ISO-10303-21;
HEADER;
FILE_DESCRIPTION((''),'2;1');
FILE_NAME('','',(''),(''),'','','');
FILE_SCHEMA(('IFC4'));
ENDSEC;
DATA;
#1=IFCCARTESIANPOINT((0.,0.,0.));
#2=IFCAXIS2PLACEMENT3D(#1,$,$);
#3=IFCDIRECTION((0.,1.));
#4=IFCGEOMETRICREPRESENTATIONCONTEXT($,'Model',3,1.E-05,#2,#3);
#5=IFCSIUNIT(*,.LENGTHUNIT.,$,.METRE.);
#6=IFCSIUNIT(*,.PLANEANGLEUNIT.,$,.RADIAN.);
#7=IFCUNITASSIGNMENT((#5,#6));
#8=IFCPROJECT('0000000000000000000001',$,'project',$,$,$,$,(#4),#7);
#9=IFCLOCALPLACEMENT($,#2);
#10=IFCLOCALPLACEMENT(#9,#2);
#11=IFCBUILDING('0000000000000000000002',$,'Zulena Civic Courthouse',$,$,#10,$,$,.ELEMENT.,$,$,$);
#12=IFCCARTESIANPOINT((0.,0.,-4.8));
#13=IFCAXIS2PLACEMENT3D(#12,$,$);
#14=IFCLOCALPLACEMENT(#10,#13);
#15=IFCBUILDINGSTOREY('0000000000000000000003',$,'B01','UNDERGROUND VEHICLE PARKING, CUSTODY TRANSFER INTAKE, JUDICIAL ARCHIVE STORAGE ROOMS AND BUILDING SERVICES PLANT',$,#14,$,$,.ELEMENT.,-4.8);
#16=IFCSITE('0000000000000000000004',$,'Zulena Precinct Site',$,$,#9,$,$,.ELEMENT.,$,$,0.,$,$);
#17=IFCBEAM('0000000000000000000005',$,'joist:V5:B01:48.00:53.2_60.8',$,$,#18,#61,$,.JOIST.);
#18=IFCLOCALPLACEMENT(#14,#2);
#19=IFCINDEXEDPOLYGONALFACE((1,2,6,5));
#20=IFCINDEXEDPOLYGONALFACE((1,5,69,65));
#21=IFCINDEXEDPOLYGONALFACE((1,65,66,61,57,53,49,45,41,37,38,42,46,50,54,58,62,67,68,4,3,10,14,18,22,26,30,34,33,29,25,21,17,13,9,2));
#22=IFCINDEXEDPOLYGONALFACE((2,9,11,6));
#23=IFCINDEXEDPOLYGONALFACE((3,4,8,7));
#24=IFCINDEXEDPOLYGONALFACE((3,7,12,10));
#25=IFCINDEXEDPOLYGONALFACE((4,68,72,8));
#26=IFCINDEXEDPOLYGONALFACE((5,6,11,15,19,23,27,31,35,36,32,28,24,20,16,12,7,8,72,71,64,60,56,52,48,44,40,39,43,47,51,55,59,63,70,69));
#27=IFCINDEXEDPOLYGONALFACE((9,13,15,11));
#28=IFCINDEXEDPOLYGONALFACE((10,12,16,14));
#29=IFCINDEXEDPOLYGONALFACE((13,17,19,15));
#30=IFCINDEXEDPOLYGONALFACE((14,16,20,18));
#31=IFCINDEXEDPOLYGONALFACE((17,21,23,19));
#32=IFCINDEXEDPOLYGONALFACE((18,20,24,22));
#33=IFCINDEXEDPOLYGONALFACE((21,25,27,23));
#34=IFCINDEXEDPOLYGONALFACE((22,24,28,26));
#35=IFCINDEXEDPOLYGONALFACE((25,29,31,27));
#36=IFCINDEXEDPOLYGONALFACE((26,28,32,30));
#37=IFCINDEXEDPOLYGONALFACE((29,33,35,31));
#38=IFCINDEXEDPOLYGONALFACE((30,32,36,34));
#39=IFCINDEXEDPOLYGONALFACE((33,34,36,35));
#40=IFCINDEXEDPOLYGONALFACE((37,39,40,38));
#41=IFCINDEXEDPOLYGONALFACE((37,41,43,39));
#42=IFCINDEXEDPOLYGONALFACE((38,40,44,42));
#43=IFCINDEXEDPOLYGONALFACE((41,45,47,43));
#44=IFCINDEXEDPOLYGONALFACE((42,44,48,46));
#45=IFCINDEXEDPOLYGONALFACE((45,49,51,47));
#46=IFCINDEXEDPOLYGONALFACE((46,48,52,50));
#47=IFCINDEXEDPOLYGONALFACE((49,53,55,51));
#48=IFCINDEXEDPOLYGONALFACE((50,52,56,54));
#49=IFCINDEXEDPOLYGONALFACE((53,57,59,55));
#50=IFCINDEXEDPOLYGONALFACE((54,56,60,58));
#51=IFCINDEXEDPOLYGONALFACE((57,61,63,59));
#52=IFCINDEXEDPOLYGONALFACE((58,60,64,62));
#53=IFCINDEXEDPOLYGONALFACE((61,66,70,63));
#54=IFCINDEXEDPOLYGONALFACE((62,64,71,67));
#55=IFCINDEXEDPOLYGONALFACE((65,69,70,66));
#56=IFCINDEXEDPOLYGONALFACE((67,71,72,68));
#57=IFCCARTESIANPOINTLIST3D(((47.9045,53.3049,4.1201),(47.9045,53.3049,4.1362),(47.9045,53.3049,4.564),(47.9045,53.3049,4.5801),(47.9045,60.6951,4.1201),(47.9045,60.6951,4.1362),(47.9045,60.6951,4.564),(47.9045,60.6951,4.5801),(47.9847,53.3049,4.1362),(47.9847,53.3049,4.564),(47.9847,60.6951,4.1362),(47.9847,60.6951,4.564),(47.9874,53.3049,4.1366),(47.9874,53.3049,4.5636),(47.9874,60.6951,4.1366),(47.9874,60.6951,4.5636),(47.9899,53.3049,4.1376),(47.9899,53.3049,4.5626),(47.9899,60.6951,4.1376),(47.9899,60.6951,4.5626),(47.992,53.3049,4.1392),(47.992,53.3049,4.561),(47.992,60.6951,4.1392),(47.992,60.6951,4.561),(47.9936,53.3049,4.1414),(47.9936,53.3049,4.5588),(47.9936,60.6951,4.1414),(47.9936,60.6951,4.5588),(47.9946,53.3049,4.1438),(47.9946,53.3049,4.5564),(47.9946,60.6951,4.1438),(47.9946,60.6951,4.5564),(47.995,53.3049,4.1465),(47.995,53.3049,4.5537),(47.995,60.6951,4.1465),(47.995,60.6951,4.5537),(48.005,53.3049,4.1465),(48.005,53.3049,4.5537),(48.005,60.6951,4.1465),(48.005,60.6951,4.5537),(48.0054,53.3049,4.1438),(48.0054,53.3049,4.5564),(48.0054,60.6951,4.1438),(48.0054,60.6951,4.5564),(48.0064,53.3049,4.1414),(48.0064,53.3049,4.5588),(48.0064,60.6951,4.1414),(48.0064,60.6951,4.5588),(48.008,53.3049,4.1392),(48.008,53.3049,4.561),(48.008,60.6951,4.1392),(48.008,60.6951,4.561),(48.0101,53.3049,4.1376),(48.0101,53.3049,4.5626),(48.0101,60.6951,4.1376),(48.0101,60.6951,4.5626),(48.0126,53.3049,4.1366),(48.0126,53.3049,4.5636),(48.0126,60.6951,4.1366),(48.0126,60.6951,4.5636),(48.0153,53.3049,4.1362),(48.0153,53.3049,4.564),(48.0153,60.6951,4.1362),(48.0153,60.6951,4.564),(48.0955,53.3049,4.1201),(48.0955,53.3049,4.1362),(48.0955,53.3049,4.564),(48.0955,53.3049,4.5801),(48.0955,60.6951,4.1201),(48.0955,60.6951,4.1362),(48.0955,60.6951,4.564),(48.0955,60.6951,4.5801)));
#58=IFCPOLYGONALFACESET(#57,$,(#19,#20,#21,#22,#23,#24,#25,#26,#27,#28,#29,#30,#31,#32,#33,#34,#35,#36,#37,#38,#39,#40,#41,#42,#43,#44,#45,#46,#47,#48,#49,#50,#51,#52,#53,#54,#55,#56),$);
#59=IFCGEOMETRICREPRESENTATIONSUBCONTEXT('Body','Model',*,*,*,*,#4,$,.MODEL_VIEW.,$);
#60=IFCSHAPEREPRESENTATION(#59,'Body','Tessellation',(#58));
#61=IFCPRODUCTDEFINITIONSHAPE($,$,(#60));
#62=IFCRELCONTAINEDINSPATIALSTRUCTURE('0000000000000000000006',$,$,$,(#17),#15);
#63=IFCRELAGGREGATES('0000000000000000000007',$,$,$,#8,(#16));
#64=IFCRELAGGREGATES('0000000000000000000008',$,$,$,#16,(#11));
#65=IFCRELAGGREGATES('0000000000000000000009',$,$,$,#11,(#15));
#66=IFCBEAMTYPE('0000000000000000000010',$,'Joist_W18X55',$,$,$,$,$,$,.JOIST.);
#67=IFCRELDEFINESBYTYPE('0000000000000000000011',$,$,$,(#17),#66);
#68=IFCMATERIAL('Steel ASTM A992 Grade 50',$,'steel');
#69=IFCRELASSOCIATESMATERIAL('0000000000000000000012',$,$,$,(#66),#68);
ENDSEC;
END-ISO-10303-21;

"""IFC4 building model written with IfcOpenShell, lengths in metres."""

from ifc_helpers import new_model, si_unit, direction, frame, origin, origin_2d, place, context, subcontext, project, spatial, i_section, extrude, material, material_profile, profile_set, type_object, element, save


model = new_model("IFC4")

# Units and contexts
model_context = context("Model", 3, precision=1e-05, world=origin(), true_north=direction((0.0, 1.0)))
body_context = subcontext(model_context, "Body", "Model", "MODEL_VIEW")
ifc_project = project(units=[si_unit("LENGTHUNIT", "METRE"), si_unit("PLANEANGLEUNIT", "RADIAN")], contexts=[model_context])

# Site, building, storey
site_placement = place(None, origin())
site = spatial("IfcSite", under=ifc_project, at=site_placement, Name="Zulena Precinct Site", CompositionType="ELEMENT", RefElevation=0.0)
building_placement = place(site_placement, origin())
building = spatial("IfcBuilding", under=site, at=building_placement, Name="Zulena Civic Courthouse", CompositionType="ELEMENT")
storey_placement = place(building_placement, frame((0.0, 0.0, -4.8)))
storey = spatial("IfcBuildingStorey", under=building, at=storey_placement, Name="B01", Description="UNDERGROUND VEHICLE PARKING, CUSTODY TRANSFER INTAKE, JUDICIAL ARCHIVE STORAGE ROOMS AND BUILDING SERVICES PLANT", CompositionType="ELEMENT", Elevation=-4.8)

# Shared definitions
ifc_material_1 = material(Name="Steel ASTM A992 Grade 50", Category="steel")

# Beam
ifc_material_profile_1 = material_profile(ifc_material_1, i_section(OverallWidth=0.1909, OverallDepth=0.46, WebThickness=0.01, FlangeThickness=0.0161, FilletRadius=0.0103, at=origin_2d()), Name="W18X55")
ifc_profile_set_1 = profile_set([ifc_material_profile_1], Name="Steel ASTM A992 Grade 50")
beam_type_1 = type_object("IfcBeamType", Name="Joist_W18X55", PredefinedType="JOIST", material=ifc_profile_set_1)
beam_placement = place(storey_placement, frame((48.0, 53.3049, 4.3501), z_axis=(0.0, 1.0, 0.0), x_axis=(-1.0, 0.0, 0.0)))
element("IfcBeam", 1, at=beam_placement, inside=storey, type_object=beam_type_1, Name="joist:V5:B01:48.00:53.2_60.8", PredefinedType="JOIST", context=body_context, shape_type="SweptSolid", body=[
    extrude(i_section(OverallWidth=0.1909, OverallDepth=0.46, WebThickness=0.01, FlangeThickness=0.0161, FilletRadius=0.0103, at=origin_2d()), origin(), (0.0, 0.0, 1.0), 7.3901),
])

save(model, "model.ifc")
